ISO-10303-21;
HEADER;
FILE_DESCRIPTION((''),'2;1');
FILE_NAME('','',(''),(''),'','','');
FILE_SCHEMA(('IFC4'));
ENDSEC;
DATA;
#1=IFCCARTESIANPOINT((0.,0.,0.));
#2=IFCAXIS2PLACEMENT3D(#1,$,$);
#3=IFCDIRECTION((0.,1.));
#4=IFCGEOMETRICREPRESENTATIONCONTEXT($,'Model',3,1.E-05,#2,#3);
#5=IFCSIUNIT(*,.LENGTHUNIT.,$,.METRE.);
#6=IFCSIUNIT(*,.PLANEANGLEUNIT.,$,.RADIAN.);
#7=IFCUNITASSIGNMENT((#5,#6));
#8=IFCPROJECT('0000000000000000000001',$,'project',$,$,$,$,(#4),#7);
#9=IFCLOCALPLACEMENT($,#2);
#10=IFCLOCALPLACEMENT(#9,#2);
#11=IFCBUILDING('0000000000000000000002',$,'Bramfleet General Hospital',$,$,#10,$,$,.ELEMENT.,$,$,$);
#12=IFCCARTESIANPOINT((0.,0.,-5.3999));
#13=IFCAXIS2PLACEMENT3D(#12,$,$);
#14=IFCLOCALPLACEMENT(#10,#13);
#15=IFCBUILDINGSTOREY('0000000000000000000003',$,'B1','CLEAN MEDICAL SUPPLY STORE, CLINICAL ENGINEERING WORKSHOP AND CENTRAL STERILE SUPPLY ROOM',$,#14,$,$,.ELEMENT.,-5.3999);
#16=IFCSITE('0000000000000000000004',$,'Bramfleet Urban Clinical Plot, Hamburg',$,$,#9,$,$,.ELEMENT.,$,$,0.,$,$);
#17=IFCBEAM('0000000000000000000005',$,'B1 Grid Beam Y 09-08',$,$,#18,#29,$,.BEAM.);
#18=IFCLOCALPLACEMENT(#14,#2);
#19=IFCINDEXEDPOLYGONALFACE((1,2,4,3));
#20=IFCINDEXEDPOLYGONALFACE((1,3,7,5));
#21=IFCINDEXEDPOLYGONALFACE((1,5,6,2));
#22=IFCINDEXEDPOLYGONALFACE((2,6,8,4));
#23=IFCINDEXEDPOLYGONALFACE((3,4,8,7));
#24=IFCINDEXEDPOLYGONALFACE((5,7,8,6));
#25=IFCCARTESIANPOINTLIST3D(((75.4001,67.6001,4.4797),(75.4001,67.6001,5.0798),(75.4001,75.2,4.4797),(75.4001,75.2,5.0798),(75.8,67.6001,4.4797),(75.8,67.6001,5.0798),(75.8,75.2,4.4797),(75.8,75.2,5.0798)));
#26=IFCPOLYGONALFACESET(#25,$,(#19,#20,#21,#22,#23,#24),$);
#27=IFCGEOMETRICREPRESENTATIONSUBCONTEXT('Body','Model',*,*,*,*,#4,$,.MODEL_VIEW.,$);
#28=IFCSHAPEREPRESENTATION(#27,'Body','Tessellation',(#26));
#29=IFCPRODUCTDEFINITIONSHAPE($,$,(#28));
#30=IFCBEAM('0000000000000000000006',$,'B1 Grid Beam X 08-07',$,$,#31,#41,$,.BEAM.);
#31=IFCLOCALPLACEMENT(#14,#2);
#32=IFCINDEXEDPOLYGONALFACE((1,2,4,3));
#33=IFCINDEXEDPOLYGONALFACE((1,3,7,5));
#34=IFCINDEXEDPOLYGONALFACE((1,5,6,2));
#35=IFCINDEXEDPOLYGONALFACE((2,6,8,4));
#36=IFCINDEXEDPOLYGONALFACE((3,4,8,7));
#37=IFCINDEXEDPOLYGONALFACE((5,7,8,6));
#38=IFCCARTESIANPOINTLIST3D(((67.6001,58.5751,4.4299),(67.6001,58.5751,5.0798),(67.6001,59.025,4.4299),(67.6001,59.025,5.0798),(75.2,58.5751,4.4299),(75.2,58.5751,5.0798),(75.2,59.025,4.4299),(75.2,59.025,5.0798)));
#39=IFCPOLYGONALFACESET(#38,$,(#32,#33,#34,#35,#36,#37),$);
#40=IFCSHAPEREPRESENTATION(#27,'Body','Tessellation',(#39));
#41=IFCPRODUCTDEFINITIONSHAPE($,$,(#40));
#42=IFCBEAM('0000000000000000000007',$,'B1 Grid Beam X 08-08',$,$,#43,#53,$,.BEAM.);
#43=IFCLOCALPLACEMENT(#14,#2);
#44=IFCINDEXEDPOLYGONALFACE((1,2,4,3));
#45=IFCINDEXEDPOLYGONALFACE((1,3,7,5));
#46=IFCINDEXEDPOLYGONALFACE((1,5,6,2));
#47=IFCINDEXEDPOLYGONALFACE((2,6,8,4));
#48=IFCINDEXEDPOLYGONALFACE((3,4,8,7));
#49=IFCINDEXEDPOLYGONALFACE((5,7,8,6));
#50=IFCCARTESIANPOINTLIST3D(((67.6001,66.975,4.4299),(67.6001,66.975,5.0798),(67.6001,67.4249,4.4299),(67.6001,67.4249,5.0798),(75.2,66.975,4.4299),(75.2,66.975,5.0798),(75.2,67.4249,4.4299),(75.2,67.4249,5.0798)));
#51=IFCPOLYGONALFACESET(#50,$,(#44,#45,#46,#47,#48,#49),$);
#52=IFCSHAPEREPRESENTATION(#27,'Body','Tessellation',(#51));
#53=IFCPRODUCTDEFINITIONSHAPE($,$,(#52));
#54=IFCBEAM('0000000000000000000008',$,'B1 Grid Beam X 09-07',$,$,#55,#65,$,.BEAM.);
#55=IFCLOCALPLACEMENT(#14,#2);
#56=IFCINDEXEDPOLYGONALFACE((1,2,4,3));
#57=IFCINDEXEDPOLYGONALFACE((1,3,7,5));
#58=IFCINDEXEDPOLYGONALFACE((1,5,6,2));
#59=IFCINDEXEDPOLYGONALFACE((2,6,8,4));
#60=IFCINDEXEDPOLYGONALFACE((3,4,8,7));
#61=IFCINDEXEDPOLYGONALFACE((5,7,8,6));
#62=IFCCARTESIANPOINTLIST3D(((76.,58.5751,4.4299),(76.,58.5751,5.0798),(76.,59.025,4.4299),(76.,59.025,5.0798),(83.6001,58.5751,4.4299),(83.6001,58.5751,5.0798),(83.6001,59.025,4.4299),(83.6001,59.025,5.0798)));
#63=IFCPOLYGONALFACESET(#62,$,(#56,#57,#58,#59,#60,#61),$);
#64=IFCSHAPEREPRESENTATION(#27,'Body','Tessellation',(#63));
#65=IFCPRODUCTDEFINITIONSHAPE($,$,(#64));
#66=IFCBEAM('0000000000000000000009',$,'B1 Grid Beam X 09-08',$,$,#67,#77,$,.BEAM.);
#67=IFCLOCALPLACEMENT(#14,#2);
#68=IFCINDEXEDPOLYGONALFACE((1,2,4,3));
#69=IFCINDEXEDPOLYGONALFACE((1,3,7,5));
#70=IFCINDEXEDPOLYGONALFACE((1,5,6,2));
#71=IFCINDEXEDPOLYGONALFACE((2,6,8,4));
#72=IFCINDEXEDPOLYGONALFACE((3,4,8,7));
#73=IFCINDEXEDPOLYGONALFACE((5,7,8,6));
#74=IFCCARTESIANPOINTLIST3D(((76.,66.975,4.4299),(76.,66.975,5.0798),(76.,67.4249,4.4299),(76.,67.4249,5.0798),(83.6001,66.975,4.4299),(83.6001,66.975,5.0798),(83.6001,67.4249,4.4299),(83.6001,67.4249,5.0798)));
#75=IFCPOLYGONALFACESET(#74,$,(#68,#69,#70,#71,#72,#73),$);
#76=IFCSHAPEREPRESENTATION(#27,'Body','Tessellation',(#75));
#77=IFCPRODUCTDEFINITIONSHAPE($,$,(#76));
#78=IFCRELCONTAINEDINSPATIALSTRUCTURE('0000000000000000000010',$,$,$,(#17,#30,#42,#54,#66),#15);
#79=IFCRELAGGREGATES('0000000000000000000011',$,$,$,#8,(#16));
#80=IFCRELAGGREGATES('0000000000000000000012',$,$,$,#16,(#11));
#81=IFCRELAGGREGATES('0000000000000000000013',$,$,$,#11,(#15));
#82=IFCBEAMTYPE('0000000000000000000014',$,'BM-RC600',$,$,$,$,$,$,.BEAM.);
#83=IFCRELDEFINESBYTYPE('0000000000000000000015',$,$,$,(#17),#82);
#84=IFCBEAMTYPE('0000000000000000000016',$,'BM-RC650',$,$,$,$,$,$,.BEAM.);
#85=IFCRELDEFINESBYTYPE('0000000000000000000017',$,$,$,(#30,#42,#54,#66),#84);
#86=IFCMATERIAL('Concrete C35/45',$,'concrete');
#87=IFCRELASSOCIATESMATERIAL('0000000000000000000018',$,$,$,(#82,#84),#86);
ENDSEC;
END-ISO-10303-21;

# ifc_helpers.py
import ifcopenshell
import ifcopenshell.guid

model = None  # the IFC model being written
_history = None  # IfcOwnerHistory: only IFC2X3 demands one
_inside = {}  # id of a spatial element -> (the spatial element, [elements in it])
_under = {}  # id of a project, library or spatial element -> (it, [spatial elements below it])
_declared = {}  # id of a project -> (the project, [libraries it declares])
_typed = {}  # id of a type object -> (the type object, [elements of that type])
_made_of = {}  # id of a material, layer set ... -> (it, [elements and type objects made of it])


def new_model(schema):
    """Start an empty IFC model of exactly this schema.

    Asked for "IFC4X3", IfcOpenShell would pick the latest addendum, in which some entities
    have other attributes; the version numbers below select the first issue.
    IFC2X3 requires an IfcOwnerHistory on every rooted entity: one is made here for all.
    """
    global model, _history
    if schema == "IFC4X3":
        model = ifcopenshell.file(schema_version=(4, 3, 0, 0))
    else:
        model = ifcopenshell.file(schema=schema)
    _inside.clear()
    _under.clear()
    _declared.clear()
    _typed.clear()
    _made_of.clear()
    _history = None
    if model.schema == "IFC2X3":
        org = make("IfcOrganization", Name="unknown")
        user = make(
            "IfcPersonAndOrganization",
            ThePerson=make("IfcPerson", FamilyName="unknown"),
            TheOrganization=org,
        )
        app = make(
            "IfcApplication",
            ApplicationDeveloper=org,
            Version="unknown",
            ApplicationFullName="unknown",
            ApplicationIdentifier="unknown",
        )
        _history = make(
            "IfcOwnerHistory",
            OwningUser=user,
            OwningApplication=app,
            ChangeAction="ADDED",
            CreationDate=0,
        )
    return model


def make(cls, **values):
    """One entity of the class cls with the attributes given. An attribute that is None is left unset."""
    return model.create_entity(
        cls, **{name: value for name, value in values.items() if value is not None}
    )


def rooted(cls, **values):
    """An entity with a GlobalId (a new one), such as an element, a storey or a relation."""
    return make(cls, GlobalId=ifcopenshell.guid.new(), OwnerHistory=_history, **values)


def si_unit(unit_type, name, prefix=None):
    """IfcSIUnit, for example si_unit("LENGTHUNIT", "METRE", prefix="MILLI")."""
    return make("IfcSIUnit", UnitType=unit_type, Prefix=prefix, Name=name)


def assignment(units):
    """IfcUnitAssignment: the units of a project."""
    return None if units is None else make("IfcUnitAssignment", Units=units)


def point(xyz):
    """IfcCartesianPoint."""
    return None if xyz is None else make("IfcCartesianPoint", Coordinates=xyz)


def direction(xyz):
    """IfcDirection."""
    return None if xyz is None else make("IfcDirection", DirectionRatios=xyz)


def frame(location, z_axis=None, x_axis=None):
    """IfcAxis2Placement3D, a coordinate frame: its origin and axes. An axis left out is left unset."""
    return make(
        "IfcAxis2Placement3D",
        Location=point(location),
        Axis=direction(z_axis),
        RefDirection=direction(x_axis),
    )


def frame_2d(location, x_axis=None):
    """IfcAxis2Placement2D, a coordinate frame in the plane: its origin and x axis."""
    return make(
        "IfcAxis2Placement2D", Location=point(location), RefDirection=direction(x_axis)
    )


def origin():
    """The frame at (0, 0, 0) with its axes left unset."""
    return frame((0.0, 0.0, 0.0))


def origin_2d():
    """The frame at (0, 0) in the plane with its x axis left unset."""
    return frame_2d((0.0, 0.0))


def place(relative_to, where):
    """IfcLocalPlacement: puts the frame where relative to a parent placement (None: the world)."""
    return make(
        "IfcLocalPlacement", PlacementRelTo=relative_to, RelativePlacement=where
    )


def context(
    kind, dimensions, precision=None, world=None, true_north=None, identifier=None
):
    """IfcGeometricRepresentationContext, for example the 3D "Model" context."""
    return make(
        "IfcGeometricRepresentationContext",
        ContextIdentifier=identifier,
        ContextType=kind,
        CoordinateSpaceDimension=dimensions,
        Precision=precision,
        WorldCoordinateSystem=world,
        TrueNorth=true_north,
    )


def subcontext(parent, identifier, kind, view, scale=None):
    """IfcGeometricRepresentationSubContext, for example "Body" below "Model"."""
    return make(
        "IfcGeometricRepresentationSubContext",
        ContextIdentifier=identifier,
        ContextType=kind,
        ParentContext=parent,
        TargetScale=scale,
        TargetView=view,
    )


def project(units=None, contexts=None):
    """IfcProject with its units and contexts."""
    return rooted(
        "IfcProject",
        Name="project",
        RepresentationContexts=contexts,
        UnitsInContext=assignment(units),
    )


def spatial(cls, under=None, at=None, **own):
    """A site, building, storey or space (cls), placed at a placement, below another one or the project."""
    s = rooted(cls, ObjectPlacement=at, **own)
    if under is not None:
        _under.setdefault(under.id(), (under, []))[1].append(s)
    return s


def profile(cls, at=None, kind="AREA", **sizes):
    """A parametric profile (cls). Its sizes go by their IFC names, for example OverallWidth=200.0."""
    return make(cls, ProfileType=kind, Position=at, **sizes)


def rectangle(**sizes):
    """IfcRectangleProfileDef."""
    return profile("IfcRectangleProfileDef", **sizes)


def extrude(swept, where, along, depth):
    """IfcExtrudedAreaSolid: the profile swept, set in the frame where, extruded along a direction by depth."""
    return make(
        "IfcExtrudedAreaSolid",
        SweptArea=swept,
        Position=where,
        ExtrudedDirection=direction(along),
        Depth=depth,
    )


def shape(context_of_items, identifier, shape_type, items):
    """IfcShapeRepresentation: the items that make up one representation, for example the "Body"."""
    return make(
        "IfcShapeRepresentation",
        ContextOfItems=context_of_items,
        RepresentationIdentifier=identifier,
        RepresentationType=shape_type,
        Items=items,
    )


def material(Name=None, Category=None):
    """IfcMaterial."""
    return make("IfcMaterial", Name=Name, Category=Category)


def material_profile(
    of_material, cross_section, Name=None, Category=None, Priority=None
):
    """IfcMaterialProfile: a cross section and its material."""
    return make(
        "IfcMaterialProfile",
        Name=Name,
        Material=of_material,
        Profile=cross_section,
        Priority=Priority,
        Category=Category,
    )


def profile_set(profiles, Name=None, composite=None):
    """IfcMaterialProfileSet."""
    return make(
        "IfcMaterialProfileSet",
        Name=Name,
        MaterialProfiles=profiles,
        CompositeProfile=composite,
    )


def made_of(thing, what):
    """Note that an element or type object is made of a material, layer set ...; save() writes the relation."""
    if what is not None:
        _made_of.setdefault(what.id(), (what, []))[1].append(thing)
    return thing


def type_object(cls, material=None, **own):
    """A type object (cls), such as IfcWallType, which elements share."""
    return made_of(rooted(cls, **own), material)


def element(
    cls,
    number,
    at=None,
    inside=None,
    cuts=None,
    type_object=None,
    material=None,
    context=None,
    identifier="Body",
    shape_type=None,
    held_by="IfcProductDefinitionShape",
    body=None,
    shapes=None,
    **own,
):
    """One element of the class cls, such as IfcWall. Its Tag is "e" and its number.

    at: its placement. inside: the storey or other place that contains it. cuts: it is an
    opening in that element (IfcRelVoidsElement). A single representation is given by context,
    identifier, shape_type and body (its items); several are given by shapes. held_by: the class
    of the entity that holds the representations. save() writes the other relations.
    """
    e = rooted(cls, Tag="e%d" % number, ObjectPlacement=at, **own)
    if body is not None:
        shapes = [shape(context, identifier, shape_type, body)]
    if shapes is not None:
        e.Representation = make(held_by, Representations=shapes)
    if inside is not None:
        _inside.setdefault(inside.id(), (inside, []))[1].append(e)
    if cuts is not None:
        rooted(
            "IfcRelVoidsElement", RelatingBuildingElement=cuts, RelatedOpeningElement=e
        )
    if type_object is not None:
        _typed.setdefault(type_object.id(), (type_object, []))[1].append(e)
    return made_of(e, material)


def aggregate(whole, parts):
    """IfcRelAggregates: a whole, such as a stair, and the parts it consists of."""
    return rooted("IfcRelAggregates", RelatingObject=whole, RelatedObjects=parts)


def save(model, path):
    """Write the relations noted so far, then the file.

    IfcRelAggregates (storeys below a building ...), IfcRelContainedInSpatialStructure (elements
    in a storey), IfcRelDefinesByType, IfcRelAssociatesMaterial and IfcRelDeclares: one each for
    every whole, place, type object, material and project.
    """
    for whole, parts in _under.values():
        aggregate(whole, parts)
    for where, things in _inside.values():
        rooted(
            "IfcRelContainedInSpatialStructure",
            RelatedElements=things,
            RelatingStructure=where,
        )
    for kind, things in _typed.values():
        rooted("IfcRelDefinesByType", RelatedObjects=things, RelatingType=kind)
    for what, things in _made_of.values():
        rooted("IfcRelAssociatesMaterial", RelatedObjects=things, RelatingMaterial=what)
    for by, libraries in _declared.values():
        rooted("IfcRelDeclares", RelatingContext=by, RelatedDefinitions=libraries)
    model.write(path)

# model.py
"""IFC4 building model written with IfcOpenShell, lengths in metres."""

from ifc_helpers import new_model, si_unit, direction, frame, origin, origin_2d, place, context, subcontext, project, spatial, rectangle, extrude, material, material_profile, profile_set, type_object, element, save


model = new_model("IFC4")

# Units and contexts
model_context = context("Model", 3, precision=1e-05, world=origin(), true_north=direction((0.0, 1.0)))
body_context = subcontext(model_context, "Body", "Model", "MODEL_VIEW")
ifc_project = project(units=[si_unit("LENGTHUNIT", "METRE"), si_unit("PLANEANGLEUNIT", "RADIAN")], contexts=[model_context])

# Site, building, storey
site_placement = place(None, origin())
site = spatial("IfcSite", under=ifc_project, at=site_placement, Name="Bramfleet Urban Clinical Plot, Hamburg", CompositionType="ELEMENT", RefElevation=0.0)
building_placement = place(site_placement, origin())
building = spatial("IfcBuilding", under=site, at=building_placement, Name="Bramfleet General Hospital", CompositionType="ELEMENT")
storey_placement = place(building_placement, frame((0.0, 0.0, -5.3999)))
storey = spatial("IfcBuildingStorey", under=building, at=storey_placement, Name="B1", Description="CLEAN MEDICAL SUPPLY STORE, CLINICAL ENGINEERING WORKSHOP AND CENTRAL STERILE SUPPLY ROOM", CompositionType="ELEMENT", Elevation=-5.3999)

# Shared definitions
ifc_material_1 = material(Name="Concrete C35/45", Category="concrete")

# Beams
ifc_material_profile_1 = material_profile(ifc_material_1, rectangle(XDim=0.3999, YDim=0.6001, at=origin_2d()), Name="RC BM 600x400")
ifc_profile_set_1 = profile_set([ifc_material_profile_1], Name="Concrete C35/45")
beam_type_1 = type_object("IfcBeamType", Name="BM-RC600", PredefinedType="BEAM", material=ifc_profile_set_1)
beam_1_placement = place(storey_placement, frame((75.6001, 67.6001, 4.7798), z_axis=(0.0, 1.0, 0.0), x_axis=(-1.0, 0.0, 0.0)))
element("IfcBeam", 1, at=beam_1_placement, inside=storey, type_object=beam_type_1, Name="B1 Grid Beam Y 09-08", PredefinedType="BEAM", context=body_context, shape_type="SweptSolid", body=[
    extrude(rectangle(XDim=0.3999, YDim=0.6001, at=origin_2d()), origin(), (0.0, 0.0, 1.0), 7.5999),
])
ifc_material_profile_2 = material_profile(ifc_material_1, rectangle(XDim=0.45, YDim=0.6499, at=origin_2d()), Name="RC BM 650x450")
ifc_profile_set_2 = profile_set([ifc_material_profile_2], Name="Concrete C35/45")
beam_type_2 = type_object("IfcBeamType", Name="BM-RC650", PredefinedType="BEAM", material=ifc_profile_set_2)
for number, where, z_axis, x_axis, name in (
    (2, (67.6001, 58.8, 4.7549), (1.0, 0.0, 0.0), (0.0, 1.0, 0.0), "B1 Grid Beam X 08-07"),
    (3, (67.6001, 67.2, 4.7549), (1.0, 0.0, 0.0), (0.0, 1.0, 0.0), "B1 Grid Beam X 08-08"),
):
    element("IfcBeam", number, at=place(storey_placement, frame(where, z_axis=z_axis, x_axis=x_axis)), inside=storey, type_object=beam_type_2, Name=name, PredefinedType="BEAM", context=body_context, shape_type="SweptSolid", body=[
        extrude(rectangle(XDim=0.45, YDim=0.6499, at=origin_2d()), origin(), (0.0, 0.0, 1.0), 7.5999),
    ])
for number, where, z_axis, x_axis, name in (
    (4, (76.0, 58.8, 4.7549), (1.0, 0.0, 0.0), (0.0, 1.0, 0.0), "B1 Grid Beam X 09-07"),
    (5, (76.0, 67.2, 4.7549), (1.0, 0.0, 0.0), (0.0, 1.0, 0.0), "B1 Grid Beam X 09-08"),
):
    element("IfcBeam", number, at=place(storey_placement, frame(where, z_axis=z_axis, x_axis=x_axis)), inside=storey, type_object=beam_type_2, Name=name, PredefinedType="BEAM", context=body_context, shape_type="SweptSolid", body=[
        extrude(rectangle(XDim=0.45, YDim=0.6499, at=origin_2d()), origin(), (0.0, 0.0, 1.0), 7.6001),
    ])

save(model, "model.ifc")
